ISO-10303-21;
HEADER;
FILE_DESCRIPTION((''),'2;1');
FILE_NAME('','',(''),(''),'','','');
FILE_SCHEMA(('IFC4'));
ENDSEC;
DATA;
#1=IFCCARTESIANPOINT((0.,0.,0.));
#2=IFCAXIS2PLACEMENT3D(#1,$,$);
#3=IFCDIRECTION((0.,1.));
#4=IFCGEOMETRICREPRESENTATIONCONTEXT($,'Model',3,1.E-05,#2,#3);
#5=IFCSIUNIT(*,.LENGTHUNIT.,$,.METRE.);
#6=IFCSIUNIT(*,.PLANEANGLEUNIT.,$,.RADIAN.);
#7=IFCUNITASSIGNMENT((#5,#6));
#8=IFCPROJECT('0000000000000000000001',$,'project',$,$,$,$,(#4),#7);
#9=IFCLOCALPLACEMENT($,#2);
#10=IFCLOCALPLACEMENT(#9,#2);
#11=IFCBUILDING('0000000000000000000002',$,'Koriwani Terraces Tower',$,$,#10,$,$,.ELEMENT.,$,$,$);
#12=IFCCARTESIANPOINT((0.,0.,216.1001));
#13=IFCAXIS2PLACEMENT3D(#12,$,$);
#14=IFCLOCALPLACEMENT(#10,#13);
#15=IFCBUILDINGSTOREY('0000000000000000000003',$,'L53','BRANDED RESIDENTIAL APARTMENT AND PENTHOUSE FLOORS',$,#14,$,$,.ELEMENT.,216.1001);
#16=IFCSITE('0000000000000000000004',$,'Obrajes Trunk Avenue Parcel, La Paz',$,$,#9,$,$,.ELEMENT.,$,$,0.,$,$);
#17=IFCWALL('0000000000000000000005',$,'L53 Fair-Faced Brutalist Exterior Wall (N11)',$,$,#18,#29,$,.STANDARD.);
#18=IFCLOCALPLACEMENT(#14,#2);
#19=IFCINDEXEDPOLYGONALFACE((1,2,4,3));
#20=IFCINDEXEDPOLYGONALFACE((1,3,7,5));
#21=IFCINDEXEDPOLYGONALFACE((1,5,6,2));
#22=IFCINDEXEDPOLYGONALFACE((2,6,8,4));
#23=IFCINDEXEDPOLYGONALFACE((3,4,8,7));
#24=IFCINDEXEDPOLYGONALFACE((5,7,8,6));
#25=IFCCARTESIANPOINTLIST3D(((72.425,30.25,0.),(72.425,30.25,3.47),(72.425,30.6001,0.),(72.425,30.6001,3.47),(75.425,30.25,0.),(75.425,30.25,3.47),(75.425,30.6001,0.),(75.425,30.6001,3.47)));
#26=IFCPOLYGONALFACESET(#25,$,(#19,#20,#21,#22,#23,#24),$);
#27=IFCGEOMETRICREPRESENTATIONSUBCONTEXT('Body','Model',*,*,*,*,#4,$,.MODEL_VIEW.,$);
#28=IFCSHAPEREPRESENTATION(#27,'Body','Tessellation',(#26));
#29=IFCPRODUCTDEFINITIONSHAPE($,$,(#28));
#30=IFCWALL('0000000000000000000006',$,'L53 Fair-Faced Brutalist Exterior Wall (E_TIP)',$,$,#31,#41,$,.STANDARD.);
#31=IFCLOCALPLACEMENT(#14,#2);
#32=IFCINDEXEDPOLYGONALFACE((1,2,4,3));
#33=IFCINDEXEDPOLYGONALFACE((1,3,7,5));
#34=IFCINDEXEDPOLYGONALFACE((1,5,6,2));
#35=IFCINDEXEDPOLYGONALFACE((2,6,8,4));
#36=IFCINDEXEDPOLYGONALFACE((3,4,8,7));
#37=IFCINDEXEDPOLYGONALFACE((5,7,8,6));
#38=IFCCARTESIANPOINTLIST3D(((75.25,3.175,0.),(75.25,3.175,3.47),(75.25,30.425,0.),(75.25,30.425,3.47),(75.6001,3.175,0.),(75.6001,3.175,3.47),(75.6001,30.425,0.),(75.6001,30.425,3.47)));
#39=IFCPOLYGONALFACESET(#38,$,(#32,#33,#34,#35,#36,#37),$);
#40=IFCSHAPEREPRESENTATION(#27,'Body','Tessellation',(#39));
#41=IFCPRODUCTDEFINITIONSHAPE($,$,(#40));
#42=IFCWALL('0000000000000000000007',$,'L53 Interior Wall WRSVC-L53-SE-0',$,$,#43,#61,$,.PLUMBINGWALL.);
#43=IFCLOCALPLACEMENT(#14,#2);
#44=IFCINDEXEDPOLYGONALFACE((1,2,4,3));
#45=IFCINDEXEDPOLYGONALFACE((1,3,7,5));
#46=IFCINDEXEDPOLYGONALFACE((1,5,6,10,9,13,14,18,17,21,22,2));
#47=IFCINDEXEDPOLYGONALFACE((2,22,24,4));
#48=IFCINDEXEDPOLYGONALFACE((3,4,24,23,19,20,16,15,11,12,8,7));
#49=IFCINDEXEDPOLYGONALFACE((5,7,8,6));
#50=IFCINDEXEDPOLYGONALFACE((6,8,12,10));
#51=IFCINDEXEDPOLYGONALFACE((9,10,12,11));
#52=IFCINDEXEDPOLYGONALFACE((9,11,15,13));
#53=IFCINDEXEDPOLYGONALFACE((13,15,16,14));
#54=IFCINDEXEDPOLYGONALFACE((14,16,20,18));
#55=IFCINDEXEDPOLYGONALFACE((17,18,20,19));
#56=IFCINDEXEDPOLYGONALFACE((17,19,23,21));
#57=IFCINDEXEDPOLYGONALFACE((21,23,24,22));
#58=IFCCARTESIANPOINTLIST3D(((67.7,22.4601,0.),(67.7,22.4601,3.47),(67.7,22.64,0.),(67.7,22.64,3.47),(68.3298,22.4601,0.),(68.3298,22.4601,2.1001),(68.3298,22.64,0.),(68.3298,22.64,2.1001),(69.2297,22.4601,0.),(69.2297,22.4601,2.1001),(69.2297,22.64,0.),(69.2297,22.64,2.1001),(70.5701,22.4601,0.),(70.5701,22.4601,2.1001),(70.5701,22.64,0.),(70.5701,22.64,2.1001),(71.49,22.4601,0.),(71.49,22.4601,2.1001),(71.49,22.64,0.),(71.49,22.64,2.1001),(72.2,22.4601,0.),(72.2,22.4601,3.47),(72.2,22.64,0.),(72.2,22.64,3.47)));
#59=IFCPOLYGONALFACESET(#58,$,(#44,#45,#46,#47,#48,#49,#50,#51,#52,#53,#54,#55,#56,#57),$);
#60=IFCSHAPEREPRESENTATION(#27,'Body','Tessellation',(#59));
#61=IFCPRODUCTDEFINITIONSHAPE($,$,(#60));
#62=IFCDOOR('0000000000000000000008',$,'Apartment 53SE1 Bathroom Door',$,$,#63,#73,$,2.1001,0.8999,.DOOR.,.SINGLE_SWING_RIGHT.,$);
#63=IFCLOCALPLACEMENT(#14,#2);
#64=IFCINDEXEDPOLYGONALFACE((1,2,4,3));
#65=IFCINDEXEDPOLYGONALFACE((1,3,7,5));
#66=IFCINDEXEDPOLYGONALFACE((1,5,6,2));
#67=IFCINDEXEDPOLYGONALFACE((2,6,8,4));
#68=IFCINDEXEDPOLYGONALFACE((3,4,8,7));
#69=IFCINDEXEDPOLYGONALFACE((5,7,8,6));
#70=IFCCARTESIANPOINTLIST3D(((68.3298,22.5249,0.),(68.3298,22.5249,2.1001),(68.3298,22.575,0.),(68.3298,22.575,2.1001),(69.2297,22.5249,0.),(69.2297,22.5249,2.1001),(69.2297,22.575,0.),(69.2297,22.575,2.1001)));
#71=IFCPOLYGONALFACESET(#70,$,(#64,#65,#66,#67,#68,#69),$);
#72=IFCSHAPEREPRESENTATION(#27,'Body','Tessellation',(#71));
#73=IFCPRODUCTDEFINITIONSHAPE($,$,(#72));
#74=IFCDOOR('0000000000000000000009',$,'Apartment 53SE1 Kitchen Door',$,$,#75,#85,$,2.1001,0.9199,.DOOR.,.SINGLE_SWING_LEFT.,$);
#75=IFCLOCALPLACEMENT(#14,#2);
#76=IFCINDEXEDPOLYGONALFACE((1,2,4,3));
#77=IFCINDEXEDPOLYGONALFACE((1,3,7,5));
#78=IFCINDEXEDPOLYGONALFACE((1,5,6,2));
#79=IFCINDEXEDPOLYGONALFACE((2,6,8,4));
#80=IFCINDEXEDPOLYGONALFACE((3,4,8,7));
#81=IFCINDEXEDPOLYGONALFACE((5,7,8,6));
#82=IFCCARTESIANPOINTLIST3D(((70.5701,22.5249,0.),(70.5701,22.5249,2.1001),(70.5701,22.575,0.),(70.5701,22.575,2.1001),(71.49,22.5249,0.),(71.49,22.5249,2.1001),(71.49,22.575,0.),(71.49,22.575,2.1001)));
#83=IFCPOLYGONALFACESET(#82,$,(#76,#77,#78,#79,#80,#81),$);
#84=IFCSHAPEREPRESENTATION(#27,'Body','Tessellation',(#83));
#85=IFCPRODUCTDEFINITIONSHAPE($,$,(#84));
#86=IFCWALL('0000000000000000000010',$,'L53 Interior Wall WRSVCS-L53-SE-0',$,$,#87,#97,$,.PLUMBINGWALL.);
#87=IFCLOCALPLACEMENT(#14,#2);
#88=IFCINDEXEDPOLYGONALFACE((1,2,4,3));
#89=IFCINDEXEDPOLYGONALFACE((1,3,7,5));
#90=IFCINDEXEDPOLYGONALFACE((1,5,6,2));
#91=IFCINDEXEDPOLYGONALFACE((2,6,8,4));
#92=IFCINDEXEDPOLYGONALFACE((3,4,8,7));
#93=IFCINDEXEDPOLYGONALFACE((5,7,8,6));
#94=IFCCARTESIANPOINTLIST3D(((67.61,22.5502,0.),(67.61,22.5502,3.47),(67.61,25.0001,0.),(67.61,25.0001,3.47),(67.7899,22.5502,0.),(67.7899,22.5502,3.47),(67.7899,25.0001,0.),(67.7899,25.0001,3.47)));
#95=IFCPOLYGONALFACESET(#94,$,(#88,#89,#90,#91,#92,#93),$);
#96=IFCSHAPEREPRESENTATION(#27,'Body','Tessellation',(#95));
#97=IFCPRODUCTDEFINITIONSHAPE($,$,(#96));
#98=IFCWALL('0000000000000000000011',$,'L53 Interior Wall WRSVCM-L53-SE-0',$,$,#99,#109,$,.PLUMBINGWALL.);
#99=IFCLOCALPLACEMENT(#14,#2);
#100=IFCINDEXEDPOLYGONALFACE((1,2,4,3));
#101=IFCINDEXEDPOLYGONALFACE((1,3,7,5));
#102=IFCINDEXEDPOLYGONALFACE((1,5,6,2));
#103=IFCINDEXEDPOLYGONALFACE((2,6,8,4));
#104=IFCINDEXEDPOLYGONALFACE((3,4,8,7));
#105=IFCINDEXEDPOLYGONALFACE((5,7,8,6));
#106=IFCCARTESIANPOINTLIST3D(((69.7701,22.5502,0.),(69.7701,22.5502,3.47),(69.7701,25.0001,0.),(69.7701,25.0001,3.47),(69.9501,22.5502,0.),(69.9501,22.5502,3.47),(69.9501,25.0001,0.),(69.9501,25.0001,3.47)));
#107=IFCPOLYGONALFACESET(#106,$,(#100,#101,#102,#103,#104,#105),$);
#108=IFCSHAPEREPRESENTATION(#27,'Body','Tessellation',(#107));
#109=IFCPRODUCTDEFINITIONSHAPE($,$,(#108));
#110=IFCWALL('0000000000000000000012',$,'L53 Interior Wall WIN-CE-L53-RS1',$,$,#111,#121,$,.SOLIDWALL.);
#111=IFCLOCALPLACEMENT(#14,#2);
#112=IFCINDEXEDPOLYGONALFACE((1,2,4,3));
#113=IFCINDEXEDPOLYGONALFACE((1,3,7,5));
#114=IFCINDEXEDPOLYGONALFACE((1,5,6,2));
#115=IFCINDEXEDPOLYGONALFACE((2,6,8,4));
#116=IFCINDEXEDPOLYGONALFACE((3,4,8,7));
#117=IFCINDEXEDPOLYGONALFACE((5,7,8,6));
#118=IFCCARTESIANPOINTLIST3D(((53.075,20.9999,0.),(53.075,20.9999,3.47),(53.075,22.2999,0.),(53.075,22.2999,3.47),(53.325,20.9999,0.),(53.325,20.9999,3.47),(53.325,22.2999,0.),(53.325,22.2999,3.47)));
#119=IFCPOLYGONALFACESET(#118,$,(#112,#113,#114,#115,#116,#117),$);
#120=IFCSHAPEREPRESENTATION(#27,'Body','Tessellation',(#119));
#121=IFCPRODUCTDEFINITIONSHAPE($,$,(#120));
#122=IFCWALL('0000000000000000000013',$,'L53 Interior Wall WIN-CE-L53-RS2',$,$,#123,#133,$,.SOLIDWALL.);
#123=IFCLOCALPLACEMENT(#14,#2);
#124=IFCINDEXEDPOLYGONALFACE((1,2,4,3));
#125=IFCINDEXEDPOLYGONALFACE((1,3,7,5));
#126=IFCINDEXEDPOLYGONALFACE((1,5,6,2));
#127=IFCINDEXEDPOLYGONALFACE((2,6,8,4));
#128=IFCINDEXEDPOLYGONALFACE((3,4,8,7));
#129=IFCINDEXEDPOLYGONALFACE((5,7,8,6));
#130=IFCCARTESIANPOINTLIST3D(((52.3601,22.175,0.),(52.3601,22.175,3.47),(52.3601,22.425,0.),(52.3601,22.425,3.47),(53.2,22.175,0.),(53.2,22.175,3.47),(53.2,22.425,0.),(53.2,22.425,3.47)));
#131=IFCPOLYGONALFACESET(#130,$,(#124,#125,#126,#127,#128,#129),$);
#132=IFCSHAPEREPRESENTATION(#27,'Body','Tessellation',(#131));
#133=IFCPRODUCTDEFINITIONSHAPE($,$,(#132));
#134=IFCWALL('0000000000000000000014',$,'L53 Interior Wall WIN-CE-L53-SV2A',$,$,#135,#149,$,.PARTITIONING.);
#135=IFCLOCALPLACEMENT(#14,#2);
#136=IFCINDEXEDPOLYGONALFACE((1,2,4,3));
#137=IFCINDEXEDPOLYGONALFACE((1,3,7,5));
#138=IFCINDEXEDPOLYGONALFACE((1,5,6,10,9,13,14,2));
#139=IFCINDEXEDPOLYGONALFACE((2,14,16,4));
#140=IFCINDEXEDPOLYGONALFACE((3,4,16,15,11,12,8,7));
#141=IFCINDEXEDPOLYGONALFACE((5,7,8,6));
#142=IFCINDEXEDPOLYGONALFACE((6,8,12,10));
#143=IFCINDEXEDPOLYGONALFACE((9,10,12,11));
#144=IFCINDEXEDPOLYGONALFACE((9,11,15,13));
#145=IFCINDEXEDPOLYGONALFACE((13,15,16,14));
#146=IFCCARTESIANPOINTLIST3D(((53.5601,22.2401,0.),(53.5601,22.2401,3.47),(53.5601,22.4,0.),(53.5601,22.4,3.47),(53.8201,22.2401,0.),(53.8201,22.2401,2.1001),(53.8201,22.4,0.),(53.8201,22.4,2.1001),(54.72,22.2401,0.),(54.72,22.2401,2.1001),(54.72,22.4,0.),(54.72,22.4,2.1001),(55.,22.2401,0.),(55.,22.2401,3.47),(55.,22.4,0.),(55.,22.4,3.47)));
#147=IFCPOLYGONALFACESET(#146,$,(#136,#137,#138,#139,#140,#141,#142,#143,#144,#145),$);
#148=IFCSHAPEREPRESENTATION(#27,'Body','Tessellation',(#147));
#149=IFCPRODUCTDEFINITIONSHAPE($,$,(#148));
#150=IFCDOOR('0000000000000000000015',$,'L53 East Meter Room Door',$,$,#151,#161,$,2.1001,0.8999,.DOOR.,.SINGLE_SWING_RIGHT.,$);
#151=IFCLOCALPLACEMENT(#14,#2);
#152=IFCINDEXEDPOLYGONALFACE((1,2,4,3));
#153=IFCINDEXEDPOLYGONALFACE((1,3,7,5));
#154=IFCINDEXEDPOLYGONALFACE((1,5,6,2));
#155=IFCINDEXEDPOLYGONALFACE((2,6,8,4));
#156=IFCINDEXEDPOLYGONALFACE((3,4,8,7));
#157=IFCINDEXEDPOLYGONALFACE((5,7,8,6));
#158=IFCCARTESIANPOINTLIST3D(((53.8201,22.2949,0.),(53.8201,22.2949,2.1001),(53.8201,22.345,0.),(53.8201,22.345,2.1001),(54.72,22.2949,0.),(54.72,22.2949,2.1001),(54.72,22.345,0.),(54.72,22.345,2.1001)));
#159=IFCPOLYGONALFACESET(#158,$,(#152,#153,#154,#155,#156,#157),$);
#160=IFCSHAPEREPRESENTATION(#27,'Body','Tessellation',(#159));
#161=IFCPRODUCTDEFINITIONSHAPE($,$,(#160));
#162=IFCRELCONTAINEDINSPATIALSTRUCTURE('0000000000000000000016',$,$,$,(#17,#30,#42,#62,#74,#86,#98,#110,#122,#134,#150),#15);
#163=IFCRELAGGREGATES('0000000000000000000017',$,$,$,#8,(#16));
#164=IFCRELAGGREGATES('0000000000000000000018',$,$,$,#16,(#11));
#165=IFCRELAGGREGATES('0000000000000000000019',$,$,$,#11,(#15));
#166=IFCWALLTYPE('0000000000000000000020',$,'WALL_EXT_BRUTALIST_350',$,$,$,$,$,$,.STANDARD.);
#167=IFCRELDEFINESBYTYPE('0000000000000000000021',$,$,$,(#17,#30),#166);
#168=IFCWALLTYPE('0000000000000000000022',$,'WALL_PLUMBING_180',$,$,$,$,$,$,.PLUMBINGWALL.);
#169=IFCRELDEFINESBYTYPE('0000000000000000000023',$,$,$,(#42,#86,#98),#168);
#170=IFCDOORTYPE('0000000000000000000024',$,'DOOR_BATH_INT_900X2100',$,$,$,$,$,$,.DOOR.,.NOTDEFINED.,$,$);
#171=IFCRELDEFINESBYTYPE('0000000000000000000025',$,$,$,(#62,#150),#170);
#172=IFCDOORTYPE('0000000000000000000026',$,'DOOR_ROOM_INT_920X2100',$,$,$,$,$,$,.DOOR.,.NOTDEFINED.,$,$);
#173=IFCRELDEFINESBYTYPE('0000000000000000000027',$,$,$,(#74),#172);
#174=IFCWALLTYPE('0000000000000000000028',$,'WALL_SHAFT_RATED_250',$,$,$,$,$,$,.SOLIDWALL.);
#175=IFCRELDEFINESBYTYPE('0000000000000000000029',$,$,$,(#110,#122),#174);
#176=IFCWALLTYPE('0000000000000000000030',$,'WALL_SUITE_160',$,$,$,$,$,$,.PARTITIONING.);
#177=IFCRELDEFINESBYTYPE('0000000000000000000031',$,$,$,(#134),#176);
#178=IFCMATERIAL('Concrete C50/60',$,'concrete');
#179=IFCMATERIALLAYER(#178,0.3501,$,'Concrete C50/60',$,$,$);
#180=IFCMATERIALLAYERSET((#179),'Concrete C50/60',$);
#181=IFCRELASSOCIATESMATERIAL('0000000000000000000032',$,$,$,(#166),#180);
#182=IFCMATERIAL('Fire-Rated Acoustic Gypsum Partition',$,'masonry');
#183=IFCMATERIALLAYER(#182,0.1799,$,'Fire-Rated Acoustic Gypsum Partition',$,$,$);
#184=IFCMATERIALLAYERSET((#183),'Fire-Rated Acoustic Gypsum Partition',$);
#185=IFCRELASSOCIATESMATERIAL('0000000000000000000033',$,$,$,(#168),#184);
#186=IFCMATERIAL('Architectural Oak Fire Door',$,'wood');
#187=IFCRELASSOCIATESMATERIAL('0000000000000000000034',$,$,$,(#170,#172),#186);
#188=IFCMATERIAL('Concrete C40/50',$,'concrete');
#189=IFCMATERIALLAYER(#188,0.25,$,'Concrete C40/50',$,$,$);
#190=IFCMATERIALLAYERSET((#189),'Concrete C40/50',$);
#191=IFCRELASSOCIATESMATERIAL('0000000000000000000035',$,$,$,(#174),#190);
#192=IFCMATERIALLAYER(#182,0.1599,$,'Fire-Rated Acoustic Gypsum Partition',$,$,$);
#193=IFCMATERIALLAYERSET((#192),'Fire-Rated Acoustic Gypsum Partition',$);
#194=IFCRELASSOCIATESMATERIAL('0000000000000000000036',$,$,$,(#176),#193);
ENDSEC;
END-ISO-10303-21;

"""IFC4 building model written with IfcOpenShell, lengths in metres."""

from ifc_helpers import new_model, si_unit, direction, frame, frame_2d, origin, place, context, subcontext, project, spatial, rectangle, extrude, material, layer, layer_set, type_object, element, fill, save


model = new_model("IFC4")

# Units and contexts
model_context = context("Model", 3, precision=1e-05, world=origin(), true_north=direction((0.0, 1.0)))
body_context = subcontext(model_context, "Body", "Model", "MODEL_VIEW")
ifc_project = project(units=[si_unit("LENGTHUNIT", "METRE"), si_unit("PLANEANGLEUNIT", "RADIAN")], contexts=[model_context])

# Site, building, storey
site_placement = place(None, origin())
site = spatial("IfcSite", under=ifc_project, at=site_placement, Name="Obrajes Trunk Avenue Parcel, La Paz", CompositionType="ELEMENT", RefElevation=0.0)
building_placement = place(site_placement, origin())
building = spatial("IfcBuilding", under=site, at=building_placement, Name="Koriwani Terraces Tower", CompositionType="ELEMENT")
storey_placement = place(building_placement, frame((0.0, 0.0, 216.1001)))
storey = spatial("IfcBuildingStorey", under=building, at=storey_placement, Name="L53", Description="BRANDED RESIDENTIAL APARTMENT AND PENTHOUSE FLOORS", CompositionType="ELEMENT", Elevation=216.1001)

# Shared definitions
ifc_material_1 = material(Name="Concrete C50/60", Category="concrete")

# Shared definitions
ifc_material_2 = material(Name="Architectural Oak Fire Door", Category="wood")

# Walls
ifc_layer_1 = layer(ifc_material_1, 0.3501, Name="Concrete C50/60")
ifc_layer_set_1 = layer_set([ifc_layer_1], Name="Concrete C50/60")
wall_type_1 = type_object("IfcWallType", Name="WALL_EXT_BRUTALIST_350", PredefinedType="STANDARD", material=ifc_layer_set_1)
wall_1_placement = place(storey_placement, frame((72.425, 30.425, 0.0), z_axis=(0.0, 0.0, 1.0), x_axis=(1.0, 0.0, 0.0)))
element("IfcWall", 1, at=wall_1_placement, inside=storey, type_object=wall_type_1, Name="L53 Fair-Faced Brutalist Exterior Wall (N11)", PredefinedType="STANDARD", context=body_context, shape_type="SweptSolid", body=[
    extrude(rectangle(XDim=3.0, YDim=0.3501, at=frame_2d((1.5, 0.0))), origin(), (0.0, 0.0, 1.0), 3.47),
])
wall_2_placement = place(storey_placement, frame((75.425, 30.425, 0.0), z_axis=(0.0, 0.0, 1.0), x_axis=(0.0, -1.0, 0.0)))
element("IfcWall", 2, at=wall_2_placement, inside=storey, type_object=wall_type_1, Name="L53 Fair-Faced Brutalist Exterior Wall (E_TIP)", PredefinedType="STANDARD", context=body_context, shape_type="SweptSolid", body=[
    extrude(rectangle(XDim=27.25, YDim=0.3501, at=frame_2d((13.625, 0.0))), origin(), (0.0, 0.0, 1.0), 3.47),
])

# Wall, openings, doors
ifc_material_3 = material(Name="Fire-Rated Acoustic Gypsum Partition", Category="masonry")
ifc_layer_2 = layer(ifc_material_3, 0.1799, Name="Fire-Rated Acoustic Gypsum Partition")
ifc_layer_set_2 = layer_set([ifc_layer_2], Name="Fire-Rated Acoustic Gypsum Partition")
wall_type_2 = type_object("IfcWallType", Name="WALL_PLUMBING_180", PredefinedType="PLUMBINGWALL", material=ifc_layer_set_2)
wall_3_placement = place(storey_placement, frame((67.7, 22.55, 0.0), z_axis=(0.0, 0.0, 1.0), x_axis=(1.0, 0.0, 0.0)))
wall_3 = element("IfcWall", 3, at=wall_3_placement, inside=storey, type_object=wall_type_2, Name="L53 Interior Wall WRSVC-L53-SE-0", PredefinedType="PLUMBINGWALL", context=body_context, shape_type="SweptSolid", body=[
    extrude(rectangle(XDim=4.5, YDim=0.1799, at=frame_2d((2.25, 0.0))), origin(), (0.0, 0.0, 1.0), 3.47),
])
opening_1_placement = place(wall_3_placement, frame((0.6299, 0.0, 0.0)))
opening_1 = element("IfcOpeningElement", 4, at=opening_1_placement, cuts=wall_3, PredefinedType="OPENING", context=body_context, shape_type="SweptSolid", body=[
    extrude(rectangle(XDim=0.8999, YDim=2.1001, at=frame_2d((0.45, 1.05))), frame((0.0, 0.1001, 0.0), z_axis=(0.0, -1.0, 0.0), x_axis=(1.0, 0.0, 0.0)), (0.0, 0.0, 1.0), 0.2),
])
opening_2_placement = place(wall_3_placement, frame((2.8701, 0.0, 0.0)))
opening_2 = element("IfcOpeningElement", 5, at=opening_2_placement, cuts=wall_3, PredefinedType="OPENING", context=body_context, shape_type="SweptSolid", body=[
    extrude(rectangle(XDim=0.9199, YDim=2.1001, at=frame_2d((0.46, 1.05))), frame((0.0, 0.1001, 0.0), z_axis=(0.0, -1.0, 0.0), x_axis=(1.0, 0.0, 0.0)), (0.0, 0.0, 1.0), 0.2),
])
door_type_1 = type_object("IfcDoorType", Name="DOOR_BATH_INT_900X2100", OperationType="NOTDEFINED", PredefinedType="DOOR", material=ifc_material_2)
door_1_placement = place(opening_1_placement, origin())
door_1 = element("IfcDoor", 6, at=door_1_placement, inside=storey, type_object=door_type_1, Name="Apartment 53SE1 Bathroom Door", OperationType="SINGLE_SWING_RIGHT", OverallHeight=2.1001, OverallWidth=0.8999, PredefinedType="DOOR", context=body_context, shape_type="SweptSolid", body=[
    extrude(rectangle(XDim=0.8999, YDim=2.1001, at=frame_2d((0.45, 1.05))), frame((0.0, 0.0249, 0.0), z_axis=(0.0, -1.0, 0.0), x_axis=(1.0, 0.0, 0.0)), (0.0, 0.0, 1.0), 0.05),
])
fill(opening_1, door_1)
door_type_2 = type_object("IfcDoorType", Name="DOOR_ROOM_INT_920X2100", OperationType="NOTDEFINED", PredefinedType="DOOR", material=ifc_material_2)
door_2_placement = place(opening_2_placement, origin())
door_2 = element("IfcDoor", 7, at=door_2_placement, inside=storey, type_object=door_type_2, Name="Apartment 53SE1 Kitchen Door", OperationType="SINGLE_SWING_LEFT", OverallHeight=2.1001, OverallWidth=0.9199, PredefinedType="DOOR", context=body_context, shape_type="SweptSolid", body=[
    extrude(rectangle(XDim=0.9199, YDim=2.1001, at=frame_2d((0.46, 1.05))), frame((0.0, 0.0249, 0.0), z_axis=(0.0, -1.0, 0.0), x_axis=(1.0, 0.0, 0.0)), (0.0, 0.0, 1.0), 0.05),
])
fill(opening_2, door_2)

# Walls
for number, where, z_axis, x_axis, name in (
    (8, (67.7, 22.55, 0.0), (0.0, 0.0, 1.0), (0.0, 1.0, 0.0), "L53 Interior Wall WRSVCS-L53-SE-0"),
    (9, (69.8601, 22.55, 0.0), (0.0, 0.0, 1.0), (0.0, 1.0, 0.0), "L53 Interior Wall WRSVCM-L53-SE-0"),
):
    element("IfcWall", number, at=place(storey_placement, frame(where, z_axis=z_axis, x_axis=x_axis)), inside=storey, type_object=wall_type_2, Name=name, PredefinedType="PLUMBINGWALL", context=body_context, shape_type="SweptSolid", body=[
        extrude(rectangle(XDim=2.45, YDim=0.1799, at=frame_2d((1.2251, 0.0))), origin(), (0.0, 0.0, 1.0), 3.47),
    ])

# Shared definitions
ifc_material_4 = material(Name="Concrete C40/50", Category="concrete")
ifc_layer_3 = layer(ifc_material_4, 0.25, Name="Concrete C40/50")
ifc_layer_set_3 = layer_set([ifc_layer_3], Name="Concrete C40/50")
wall_type_3 = type_object("IfcWallType", Name="WALL_SHAFT_RATED_250", PredefinedType="SOLIDWALL", material=ifc_layer_set_3)

# Walls
wall_4_placement = place(storey_placement, frame((53.2, 21.0, 0.0), z_axis=(0.0, 0.0, 1.0), x_axis=(0.0, 1.0, 0.0)))
element("IfcWall", 10, at=wall_4_placement, inside=storey, type_object=wall_type_3, Name="L53 Interior Wall WIN-CE-L53-RS1", PredefinedType="SOLIDWALL", context=body_context, shape_type="SweptSolid", body=[
    extrude(rectangle(XDim=1.3, YDim=0.25, at=frame_2d((0.6499, 0.0))), origin(), (0.0, 0.0, 1.0), 3.47),
])
wall_5_placement = place(storey_placement, frame((52.3601, 22.3, 0.0), z_axis=(0.0, 0.0, 1.0), x_axis=(1.0, 0.0, 0.0)))
element("IfcWall", 11, at=wall_5_placement, inside=storey, type_object=wall_type_3, Name="L53 Interior Wall WIN-CE-L53-RS2", PredefinedType="SOLIDWALL", context=body_context, shape_type="SweptSolid", body=[
    extrude(rectangle(XDim=0.8398, YDim=0.25, at=frame_2d((0.4199, 0.0))), origin(), (0.0, 0.0, 1.0), 3.47),
])

# Wall, opening, door
ifc_layer_4 = layer(ifc_material_3, 0.1599, Name="Fire-Rated Acoustic Gypsum Partition")
ifc_layer_set_4 = layer_set([ifc_layer_4], Name="Fire-Rated Acoustic Gypsum Partition")
wall_type_4 = type_object("IfcWallType", Name="WALL_SUITE_160", PredefinedType="PARTITIONING", material=ifc_layer_set_4)
wall_6_placement = place(storey_placement, frame((53.5601, 22.3201, 0.0), z_axis=(0.0, 0.0, 1.0), x_axis=(1.0, 0.0, 0.0)))
wall_6 = element("IfcWall", 12, at=wall_6_placement, inside=storey, type_object=wall_type_4, Name="L53 Interior Wall WIN-CE-L53-SV2A", PredefinedType="PARTITIONING", context=body_context, shape_type="SweptSolid", body=[
    extrude(rectangle(XDim=1.4399, YDim=0.1599, at=frame_2d((0.72, 0.0))), origin(), (0.0, 0.0, 1.0), 3.47),
])
opening_3_placement = place(wall_6_placement, frame((0.26, 0.0, 0.0)))
opening_3 = element("IfcOpeningElement", 13, at=opening_3_placement, cuts=wall_6, PredefinedType="OPENING", context=body_context, shape_type="SweptSolid", body=[
    extrude(rectangle(XDim=0.8999, YDim=2.1001, at=frame_2d((0.45, 1.05))), frame((0.0, 0.0898, 0.0), z_axis=(0.0, -1.0, 0.0), x_axis=(1.0, 0.0, 0.0)), (0.0, 0.0, 1.0), 0.1799),
])
door_3_placement = place(opening_3_placement, origin())
door_3 = element("IfcDoor", 14, at=door_3_placement, inside=storey, type_object=door_type_1, Name="L53 East Meter Room Door", OperationType="SINGLE_SWING_RIGHT", OverallHeight=2.1001, OverallWidth=0.8999, PredefinedType="DOOR", context=body_context, shape_type="SweptSolid", body=[
    extrude(rectangle(XDim=0.8999, YDim=2.1001, at=frame_2d((0.45, 1.05))), frame((0.0, 0.0249, 0.0), z_axis=(0.0, -1.0, 0.0), x_axis=(1.0, 0.0, 0.0)), (0.0, 0.0, 1.0), 0.05),
])
fill(opening_3, door_3)

save(model, "model.ifc")
